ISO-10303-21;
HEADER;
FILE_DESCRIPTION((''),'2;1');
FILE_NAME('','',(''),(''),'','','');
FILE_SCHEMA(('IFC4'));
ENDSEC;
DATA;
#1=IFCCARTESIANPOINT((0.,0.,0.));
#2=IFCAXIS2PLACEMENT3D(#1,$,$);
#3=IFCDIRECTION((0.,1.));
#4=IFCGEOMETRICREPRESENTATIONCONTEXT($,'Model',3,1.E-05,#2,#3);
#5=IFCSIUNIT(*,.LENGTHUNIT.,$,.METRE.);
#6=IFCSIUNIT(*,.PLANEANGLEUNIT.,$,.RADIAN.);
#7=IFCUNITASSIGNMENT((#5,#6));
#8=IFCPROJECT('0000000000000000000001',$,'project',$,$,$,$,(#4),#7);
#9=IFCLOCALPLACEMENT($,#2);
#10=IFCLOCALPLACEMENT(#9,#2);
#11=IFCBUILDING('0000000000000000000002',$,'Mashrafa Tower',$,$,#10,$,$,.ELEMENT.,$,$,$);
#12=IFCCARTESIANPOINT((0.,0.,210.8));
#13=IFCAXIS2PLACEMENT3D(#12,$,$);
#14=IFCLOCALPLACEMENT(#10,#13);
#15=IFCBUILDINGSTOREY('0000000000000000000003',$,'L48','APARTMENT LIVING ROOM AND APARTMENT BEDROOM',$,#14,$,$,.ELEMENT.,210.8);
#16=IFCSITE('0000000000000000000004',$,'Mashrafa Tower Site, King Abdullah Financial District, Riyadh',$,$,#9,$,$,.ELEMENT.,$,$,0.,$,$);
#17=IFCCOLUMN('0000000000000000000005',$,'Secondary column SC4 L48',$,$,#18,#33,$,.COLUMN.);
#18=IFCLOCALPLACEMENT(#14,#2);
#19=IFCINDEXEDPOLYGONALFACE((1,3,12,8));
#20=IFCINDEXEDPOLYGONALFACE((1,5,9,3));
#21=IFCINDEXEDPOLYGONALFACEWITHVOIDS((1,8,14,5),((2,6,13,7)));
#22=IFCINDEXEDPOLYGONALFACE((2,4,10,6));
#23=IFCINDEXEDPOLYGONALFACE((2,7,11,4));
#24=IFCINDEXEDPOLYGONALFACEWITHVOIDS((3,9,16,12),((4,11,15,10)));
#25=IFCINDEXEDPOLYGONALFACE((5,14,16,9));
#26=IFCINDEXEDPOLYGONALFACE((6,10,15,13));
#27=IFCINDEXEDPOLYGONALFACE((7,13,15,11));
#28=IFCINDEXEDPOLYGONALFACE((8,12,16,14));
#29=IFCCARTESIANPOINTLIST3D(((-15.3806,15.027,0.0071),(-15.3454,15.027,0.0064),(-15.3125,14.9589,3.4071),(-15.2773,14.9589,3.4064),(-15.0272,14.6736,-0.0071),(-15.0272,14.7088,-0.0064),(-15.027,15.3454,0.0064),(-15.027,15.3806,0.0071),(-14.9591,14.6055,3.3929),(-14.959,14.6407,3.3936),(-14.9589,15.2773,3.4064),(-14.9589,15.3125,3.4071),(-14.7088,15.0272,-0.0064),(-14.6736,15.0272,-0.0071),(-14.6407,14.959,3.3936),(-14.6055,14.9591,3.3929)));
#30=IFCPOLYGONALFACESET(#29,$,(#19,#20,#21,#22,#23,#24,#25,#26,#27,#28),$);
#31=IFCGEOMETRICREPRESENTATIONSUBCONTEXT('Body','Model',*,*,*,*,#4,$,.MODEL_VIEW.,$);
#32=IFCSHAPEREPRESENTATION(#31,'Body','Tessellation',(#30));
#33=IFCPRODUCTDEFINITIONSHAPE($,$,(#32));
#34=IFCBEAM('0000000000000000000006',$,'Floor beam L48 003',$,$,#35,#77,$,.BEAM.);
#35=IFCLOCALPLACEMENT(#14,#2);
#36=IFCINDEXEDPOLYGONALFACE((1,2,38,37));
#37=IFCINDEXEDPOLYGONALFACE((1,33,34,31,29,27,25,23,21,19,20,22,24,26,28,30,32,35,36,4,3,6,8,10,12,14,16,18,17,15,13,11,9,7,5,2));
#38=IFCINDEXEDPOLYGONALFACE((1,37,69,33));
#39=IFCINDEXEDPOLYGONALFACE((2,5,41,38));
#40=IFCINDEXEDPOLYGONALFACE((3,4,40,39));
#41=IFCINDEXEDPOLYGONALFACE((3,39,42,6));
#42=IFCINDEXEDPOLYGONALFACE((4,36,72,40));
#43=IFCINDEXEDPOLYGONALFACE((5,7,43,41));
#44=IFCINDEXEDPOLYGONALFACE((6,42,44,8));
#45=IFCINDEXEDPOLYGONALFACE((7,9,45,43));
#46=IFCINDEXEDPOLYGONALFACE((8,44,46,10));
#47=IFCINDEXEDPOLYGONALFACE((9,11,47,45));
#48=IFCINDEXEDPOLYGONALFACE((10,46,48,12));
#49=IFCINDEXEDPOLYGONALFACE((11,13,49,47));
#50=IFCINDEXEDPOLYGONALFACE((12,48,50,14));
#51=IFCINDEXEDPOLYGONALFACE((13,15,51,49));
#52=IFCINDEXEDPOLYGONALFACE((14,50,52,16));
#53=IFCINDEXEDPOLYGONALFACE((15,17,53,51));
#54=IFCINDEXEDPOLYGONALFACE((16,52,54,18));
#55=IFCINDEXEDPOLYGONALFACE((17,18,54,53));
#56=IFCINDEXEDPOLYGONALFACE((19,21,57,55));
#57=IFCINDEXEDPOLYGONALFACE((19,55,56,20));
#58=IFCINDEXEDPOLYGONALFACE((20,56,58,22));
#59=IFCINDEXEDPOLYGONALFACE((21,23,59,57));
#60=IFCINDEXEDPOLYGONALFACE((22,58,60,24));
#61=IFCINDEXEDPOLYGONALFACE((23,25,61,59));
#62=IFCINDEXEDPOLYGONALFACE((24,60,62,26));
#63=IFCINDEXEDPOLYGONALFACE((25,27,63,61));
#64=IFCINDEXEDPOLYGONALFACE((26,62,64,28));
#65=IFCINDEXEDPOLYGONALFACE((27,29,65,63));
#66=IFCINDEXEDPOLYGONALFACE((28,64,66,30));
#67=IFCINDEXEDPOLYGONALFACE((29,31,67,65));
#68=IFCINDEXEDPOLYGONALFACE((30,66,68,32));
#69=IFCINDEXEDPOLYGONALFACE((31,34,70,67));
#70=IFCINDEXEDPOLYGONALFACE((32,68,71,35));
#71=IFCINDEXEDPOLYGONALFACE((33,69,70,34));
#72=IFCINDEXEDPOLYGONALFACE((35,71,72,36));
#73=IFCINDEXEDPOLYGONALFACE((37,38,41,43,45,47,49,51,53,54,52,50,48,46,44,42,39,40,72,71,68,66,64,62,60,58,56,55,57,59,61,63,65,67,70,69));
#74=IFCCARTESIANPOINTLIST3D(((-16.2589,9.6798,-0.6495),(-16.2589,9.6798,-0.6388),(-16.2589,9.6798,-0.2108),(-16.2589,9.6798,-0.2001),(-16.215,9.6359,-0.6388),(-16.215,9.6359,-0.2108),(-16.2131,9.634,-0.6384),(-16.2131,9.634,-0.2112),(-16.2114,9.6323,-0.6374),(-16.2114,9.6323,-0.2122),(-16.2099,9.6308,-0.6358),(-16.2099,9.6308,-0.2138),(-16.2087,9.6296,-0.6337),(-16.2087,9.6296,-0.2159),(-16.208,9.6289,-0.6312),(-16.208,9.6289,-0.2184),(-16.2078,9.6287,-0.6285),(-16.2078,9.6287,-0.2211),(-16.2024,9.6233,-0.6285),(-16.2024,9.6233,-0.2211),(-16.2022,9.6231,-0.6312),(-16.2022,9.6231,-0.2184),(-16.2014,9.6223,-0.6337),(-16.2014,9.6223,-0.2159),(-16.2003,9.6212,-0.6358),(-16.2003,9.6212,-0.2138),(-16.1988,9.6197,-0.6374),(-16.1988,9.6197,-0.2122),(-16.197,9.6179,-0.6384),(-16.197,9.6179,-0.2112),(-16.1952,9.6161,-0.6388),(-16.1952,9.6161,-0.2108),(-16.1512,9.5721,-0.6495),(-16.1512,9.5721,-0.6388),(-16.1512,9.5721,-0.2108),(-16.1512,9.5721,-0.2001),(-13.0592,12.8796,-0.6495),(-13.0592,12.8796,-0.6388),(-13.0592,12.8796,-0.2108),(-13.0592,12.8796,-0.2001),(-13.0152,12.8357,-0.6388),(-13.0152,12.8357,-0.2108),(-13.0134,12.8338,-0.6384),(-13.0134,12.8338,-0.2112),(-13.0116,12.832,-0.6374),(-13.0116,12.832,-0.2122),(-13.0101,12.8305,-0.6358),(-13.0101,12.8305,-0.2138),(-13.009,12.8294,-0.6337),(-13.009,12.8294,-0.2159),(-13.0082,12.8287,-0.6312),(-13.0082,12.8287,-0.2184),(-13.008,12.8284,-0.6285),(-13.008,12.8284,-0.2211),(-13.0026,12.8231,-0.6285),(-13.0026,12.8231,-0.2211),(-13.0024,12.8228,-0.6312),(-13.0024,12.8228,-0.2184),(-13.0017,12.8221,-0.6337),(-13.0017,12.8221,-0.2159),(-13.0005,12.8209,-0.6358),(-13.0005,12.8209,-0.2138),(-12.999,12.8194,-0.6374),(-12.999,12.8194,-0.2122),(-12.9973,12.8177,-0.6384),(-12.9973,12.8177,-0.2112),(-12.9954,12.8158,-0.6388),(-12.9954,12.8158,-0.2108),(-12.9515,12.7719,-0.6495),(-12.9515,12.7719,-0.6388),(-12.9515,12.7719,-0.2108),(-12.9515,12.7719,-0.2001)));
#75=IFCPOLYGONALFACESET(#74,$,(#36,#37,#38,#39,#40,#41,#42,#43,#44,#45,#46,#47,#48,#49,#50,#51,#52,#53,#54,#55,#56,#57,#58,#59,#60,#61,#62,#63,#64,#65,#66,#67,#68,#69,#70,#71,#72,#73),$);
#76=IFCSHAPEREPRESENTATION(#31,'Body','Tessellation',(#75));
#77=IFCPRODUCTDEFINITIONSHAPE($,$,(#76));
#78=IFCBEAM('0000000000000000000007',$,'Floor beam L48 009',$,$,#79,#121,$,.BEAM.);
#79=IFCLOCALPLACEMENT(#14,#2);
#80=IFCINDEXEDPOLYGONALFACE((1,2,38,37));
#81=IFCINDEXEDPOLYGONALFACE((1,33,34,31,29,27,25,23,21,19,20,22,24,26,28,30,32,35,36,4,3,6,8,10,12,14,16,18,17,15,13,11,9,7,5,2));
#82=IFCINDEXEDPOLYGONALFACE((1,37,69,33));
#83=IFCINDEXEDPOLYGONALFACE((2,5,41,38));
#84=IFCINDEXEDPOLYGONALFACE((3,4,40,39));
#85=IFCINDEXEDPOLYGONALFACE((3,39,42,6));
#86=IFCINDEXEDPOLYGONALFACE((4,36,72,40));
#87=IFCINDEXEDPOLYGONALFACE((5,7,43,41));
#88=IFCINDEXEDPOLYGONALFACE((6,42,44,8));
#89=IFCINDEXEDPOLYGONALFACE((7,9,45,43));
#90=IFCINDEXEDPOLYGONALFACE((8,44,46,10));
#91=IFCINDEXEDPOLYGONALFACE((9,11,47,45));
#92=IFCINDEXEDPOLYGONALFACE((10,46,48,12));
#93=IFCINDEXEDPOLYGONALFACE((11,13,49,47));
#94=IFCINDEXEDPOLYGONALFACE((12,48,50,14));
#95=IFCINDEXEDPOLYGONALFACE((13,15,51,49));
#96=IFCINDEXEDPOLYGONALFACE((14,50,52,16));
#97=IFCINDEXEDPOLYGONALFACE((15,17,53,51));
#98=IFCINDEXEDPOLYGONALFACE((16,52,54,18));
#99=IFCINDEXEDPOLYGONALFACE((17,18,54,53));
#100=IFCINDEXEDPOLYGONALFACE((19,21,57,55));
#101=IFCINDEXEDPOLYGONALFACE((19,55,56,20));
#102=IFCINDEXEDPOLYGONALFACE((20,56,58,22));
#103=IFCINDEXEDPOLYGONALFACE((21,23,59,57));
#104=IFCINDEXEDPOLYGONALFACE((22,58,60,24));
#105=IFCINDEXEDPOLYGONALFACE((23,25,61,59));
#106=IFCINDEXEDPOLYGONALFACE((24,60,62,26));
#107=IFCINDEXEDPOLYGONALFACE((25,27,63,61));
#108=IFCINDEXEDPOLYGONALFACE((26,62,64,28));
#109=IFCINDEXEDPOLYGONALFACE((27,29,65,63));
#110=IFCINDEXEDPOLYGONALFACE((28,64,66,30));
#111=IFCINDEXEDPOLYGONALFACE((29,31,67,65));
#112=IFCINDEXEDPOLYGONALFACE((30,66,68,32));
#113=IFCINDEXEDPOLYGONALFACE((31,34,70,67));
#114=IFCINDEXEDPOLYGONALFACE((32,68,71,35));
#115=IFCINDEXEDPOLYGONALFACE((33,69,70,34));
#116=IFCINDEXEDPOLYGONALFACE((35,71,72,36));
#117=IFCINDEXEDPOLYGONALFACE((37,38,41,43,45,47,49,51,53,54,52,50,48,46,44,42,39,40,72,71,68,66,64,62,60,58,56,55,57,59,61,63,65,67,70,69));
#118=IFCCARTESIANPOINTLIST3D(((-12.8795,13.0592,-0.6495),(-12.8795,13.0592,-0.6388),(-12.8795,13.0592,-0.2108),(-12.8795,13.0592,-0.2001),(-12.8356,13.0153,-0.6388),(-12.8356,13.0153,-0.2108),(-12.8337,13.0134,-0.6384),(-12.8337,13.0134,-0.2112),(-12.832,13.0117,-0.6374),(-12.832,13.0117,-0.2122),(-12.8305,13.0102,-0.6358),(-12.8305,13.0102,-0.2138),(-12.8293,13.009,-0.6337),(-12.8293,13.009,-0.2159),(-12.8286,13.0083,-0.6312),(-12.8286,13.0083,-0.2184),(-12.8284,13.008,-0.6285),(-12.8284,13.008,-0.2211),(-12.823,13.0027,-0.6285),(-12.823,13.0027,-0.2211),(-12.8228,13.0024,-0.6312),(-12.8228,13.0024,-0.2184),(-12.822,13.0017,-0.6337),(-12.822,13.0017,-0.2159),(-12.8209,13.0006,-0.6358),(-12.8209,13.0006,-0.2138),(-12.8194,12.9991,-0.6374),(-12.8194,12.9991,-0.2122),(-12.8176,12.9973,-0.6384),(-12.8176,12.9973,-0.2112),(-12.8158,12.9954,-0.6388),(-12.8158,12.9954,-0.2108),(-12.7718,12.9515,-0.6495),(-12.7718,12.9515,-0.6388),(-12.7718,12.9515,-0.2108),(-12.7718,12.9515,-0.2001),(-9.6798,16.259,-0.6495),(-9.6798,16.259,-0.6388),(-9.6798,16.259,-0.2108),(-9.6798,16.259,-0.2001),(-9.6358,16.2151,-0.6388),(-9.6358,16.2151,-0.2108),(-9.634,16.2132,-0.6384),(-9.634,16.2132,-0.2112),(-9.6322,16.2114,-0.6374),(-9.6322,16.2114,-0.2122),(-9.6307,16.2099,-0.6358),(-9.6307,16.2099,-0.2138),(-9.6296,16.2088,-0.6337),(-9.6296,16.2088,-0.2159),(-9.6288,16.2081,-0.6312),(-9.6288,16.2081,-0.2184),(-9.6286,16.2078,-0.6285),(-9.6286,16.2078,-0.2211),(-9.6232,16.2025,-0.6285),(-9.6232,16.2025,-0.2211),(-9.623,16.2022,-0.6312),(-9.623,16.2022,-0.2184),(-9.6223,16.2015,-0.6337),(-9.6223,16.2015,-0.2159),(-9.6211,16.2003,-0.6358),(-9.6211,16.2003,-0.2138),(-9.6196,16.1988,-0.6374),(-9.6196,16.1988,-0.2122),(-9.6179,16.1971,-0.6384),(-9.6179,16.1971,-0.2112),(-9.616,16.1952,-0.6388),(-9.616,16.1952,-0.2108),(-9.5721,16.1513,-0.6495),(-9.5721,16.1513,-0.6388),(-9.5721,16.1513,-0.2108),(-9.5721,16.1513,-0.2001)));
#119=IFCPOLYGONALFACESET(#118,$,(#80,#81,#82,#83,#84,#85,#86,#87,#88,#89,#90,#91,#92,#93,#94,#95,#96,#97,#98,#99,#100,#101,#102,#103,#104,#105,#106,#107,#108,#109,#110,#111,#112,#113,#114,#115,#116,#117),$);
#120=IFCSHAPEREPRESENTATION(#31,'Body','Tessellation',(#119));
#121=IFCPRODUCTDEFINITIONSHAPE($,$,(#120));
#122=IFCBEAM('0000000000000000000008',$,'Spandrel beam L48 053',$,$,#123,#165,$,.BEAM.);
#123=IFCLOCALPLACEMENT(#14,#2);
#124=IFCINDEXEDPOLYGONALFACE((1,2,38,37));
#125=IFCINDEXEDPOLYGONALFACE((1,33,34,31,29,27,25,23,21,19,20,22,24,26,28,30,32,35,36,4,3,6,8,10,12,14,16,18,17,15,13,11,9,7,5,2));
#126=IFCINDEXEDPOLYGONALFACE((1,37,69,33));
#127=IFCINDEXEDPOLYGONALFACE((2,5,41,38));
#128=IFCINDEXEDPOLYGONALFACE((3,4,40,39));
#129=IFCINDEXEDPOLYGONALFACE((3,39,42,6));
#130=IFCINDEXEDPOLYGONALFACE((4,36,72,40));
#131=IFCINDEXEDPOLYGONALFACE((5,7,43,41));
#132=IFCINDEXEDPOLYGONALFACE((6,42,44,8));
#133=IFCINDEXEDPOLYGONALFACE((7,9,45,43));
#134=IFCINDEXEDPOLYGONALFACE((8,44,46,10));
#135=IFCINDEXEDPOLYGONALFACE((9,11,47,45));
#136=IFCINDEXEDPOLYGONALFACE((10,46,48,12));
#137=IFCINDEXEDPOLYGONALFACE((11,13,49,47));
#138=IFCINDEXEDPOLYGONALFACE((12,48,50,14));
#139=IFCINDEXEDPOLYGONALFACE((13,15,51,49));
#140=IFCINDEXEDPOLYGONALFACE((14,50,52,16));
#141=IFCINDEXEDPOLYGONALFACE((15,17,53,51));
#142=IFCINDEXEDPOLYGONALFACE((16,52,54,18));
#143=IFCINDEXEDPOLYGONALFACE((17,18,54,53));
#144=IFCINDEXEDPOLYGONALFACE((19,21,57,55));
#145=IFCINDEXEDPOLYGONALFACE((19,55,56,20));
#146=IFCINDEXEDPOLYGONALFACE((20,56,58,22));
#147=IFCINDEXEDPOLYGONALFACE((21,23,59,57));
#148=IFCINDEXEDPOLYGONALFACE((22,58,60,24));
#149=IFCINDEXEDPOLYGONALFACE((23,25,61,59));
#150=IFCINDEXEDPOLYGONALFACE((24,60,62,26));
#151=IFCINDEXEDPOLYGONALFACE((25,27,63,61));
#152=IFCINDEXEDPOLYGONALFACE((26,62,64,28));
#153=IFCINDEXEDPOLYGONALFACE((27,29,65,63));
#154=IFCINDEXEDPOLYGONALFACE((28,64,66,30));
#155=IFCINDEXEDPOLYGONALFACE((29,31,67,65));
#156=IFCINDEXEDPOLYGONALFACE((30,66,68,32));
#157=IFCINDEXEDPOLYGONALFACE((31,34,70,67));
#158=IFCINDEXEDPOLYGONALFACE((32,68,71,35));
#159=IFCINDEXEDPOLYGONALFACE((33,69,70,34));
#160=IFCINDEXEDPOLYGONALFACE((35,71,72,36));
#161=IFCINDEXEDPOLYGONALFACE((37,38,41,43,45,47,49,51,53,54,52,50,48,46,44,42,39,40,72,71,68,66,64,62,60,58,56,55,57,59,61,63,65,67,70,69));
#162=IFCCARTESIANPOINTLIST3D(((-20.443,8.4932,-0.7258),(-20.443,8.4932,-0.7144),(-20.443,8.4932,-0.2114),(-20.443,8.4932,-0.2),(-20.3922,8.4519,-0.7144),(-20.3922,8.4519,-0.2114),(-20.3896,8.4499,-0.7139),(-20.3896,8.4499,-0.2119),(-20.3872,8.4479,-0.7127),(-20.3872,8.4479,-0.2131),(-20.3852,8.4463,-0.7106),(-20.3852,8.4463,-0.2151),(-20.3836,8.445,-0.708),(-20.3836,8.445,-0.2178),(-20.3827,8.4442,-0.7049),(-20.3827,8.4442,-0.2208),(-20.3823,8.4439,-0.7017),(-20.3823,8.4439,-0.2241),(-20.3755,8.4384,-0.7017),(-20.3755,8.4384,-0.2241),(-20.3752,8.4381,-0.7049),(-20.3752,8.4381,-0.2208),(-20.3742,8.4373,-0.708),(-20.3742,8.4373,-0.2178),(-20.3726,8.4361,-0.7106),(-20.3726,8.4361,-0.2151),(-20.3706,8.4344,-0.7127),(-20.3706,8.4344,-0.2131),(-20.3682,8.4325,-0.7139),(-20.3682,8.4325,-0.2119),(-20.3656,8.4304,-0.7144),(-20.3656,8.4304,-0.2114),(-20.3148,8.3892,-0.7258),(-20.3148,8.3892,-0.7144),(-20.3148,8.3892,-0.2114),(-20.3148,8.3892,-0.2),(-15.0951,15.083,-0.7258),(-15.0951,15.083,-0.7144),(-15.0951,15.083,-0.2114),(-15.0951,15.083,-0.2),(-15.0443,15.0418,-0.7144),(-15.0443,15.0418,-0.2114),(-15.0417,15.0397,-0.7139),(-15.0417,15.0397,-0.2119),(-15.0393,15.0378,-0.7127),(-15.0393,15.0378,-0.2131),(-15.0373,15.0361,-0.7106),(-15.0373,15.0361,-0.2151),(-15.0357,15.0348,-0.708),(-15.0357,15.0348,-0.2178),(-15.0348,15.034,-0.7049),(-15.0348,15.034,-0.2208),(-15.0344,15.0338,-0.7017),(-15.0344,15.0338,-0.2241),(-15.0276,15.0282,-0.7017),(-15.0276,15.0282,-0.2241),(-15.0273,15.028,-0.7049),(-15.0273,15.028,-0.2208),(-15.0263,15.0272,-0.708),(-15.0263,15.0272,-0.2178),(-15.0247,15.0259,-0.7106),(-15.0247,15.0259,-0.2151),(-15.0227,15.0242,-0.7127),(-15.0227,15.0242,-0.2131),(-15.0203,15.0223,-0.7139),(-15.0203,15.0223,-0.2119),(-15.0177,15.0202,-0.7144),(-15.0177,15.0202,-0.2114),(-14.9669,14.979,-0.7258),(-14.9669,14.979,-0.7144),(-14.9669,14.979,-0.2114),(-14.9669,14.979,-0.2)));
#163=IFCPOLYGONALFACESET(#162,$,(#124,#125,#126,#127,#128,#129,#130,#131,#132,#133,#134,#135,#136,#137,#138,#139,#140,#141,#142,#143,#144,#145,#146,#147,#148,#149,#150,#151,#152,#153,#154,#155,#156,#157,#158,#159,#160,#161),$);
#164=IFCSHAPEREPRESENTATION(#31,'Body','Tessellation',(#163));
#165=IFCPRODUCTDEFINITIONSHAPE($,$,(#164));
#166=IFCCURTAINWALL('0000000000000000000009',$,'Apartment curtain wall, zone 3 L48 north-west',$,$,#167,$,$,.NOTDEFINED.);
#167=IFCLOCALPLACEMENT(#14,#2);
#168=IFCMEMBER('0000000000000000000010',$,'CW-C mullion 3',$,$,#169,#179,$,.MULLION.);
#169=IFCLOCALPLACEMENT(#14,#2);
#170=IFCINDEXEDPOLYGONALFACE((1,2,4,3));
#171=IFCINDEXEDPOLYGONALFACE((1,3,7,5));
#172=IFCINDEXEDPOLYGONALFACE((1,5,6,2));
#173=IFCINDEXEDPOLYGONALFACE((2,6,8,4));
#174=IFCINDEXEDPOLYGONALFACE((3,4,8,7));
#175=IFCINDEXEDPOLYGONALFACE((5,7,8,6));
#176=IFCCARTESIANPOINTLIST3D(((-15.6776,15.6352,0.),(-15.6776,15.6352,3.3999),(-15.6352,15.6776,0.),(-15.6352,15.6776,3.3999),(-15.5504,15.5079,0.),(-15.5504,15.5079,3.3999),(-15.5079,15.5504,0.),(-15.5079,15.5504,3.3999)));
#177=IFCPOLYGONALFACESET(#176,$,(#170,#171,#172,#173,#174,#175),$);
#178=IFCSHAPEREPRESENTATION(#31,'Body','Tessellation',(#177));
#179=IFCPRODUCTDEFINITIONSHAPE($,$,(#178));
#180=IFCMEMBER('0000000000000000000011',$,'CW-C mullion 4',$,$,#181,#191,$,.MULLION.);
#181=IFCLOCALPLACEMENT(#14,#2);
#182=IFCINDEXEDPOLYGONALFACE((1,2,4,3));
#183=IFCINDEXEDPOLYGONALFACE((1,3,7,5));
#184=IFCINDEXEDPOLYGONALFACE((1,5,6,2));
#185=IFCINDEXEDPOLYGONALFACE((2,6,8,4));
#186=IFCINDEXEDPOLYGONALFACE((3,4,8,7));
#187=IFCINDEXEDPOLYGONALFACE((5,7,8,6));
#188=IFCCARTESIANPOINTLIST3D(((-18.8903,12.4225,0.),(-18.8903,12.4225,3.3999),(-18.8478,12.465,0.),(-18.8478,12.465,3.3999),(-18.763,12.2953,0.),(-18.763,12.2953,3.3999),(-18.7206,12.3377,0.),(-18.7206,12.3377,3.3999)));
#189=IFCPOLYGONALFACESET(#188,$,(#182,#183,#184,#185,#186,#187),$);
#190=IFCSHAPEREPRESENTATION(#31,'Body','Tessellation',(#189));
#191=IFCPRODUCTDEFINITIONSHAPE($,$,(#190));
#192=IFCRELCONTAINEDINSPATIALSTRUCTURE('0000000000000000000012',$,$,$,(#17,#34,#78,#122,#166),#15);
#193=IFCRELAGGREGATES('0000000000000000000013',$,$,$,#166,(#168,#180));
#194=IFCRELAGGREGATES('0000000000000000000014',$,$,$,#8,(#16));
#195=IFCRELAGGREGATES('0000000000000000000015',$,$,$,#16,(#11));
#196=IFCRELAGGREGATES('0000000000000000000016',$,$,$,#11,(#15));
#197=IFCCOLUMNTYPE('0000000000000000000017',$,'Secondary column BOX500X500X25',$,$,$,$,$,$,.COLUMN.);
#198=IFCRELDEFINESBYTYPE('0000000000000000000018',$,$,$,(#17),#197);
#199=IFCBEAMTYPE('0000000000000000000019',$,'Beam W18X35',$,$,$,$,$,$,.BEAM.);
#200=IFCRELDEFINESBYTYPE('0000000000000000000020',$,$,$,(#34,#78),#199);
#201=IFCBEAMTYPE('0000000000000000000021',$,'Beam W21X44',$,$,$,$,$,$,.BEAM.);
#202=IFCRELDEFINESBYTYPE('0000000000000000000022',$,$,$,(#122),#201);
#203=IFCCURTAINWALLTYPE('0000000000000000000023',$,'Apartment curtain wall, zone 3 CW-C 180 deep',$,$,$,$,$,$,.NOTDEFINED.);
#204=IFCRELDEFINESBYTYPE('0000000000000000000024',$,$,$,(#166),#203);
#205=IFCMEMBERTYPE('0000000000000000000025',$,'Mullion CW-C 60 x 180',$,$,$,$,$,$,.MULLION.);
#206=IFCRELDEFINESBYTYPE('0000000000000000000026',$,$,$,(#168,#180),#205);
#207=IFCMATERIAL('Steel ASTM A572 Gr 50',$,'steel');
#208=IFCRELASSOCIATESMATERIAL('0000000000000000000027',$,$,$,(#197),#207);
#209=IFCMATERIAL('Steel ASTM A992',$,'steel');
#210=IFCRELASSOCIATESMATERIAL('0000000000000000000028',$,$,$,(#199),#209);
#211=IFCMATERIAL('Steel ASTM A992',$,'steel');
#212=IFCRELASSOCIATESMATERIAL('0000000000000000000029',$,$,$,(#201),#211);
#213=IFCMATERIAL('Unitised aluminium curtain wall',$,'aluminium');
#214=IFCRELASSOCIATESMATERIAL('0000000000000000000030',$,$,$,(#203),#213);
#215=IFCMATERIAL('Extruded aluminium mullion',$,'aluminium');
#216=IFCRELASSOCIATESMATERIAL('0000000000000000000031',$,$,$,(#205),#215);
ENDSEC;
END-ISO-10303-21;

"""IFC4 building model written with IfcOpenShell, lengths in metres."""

from ifc_helpers import new_model, si_unit, direction, frame, origin, origin_2d, place, context, subcontext, project, spatial, rectangle, hollow_rectangle, i_section, extrude, source, transform, mapped, material, material_profile, profile_set, type_object, type_shapes, element, aggregate, save


model = new_model("IFC4")

# Units and contexts
model_context = context("Model", 3, precision=1e-05, world=origin(), true_north=direction((0.0, 1.0)))
body_context = subcontext(model_context, "Body", "Model", "MODEL_VIEW")
ifc_project = project(units=[si_unit("LENGTHUNIT", "METRE"), si_unit("PLANEANGLEUNIT", "RADIAN")], contexts=[model_context])

# Site, building, storey
site_placement = place(None, origin())
site = spatial("IfcSite", under=ifc_project, at=site_placement, Name="Mashrafa Tower Site, King Abdullah Financial District, Riyadh", CompositionType="ELEMENT", RefElevation=0.0)
building_placement = place(site_placement, origin())
building = spatial("IfcBuilding", under=site, at=building_placement, Name="Mashrafa Tower", CompositionType="ELEMENT")
storey_placement = place(building_placement, frame((0.0, 0.0, 210.8)))
storey = spatial("IfcBuildingStorey", under=building, at=storey_placement, Name="L48", Description="APARTMENT LIVING ROOM AND APARTMENT BEDROOM", CompositionType="ELEMENT", Elevation=210.8)

# Column
ifc_material_1 = material(Name="Steel ASTM A572 Gr 50", Category="steel")
ifc_material_profile_1 = material_profile(ifc_material_1, hollow_rectangle(XDim=0.5, YDim=0.5, WallThickness=0.0249, at=origin_2d()), Name="BOX500X500X25")
ifc_profile_set_1 = profile_set([ifc_material_profile_1], Name="Steel ASTM A572 Gr 50")
column_type = type_object("IfcColumnType", Name="Secondary column BOX500X500X25", PredefinedType="COLUMN", material=ifc_profile_set_1)
column_placement = place(storey_placement, frame((-15.0271, 15.0271, 0.0), z_axis=(0.020026, -0.020026, 0.999599), x_axis=(0.707107, 0.707107, 0.0)))
element("IfcColumn", 1, at=column_placement, inside=storey, type_object=column_type, Name="Secondary column SC4 L48", PredefinedType="COLUMN", context=body_context, shape_type="SweptSolid", body=[
    extrude(hollow_rectangle(XDim=0.5, YDim=0.5, WallThickness=0.0249, at=origin_2d()), origin(), (0.0, 0.0, 1.0), 3.4014),
])

# Beams
ifc_material_2 = material(Name="Steel ASTM A992", Category="steel")
ifc_material_profile_2 = material_profile(ifc_material_2, i_section(OverallWidth=0.1523, OverallDepth=0.4495, WebThickness=0.0076, FlangeThickness=0.0107, FilletRadius=0.0103, at=origin_2d()), Name="W18X35")
ifc_profile_set_2 = profile_set([ifc_material_profile_2], Name="Steel ASTM A992")
beam_type_1 = type_object("IfcBeamType", Name="Beam W18X35", PredefinedType="BEAM", material=ifc_profile_set_2)
for number, where, z_axis, x_axis, name in (
    (2, (-16.2051, 9.626, -0.4248), (0.707107, 0.707107, 0.0), (-0.707107, 0.707107, 0.0), "Floor beam L48 003"),
    (3, (-12.8257, 13.0054, -0.4248), (0.707107, 0.707107, 0.0), (-0.707107, 0.707107, 0.0), "Floor beam L48 009"),
):
    element("IfcBeam", number, at=place(storey_placement, frame(where, z_axis=z_axis, x_axis=x_axis)), inside=storey, type_object=beam_type_1, Name=name, PredefinedType="BEAM", context=body_context, shape_type="SweptSolid", body=[
        extrude(i_section(OverallWidth=0.1523, OverallDepth=0.4495, WebThickness=0.0076, FlangeThickness=0.0107, FilletRadius=0.0103, at=origin_2d()), origin(), (0.0, 0.0, 1.0), 4.5251),
    ])
ifc_material_3 = material(Name="Steel ASTM A992", Category="steel")
ifc_material_profile_3 = material_profile(ifc_material_3, i_section(OverallWidth=0.165, OverallDepth=0.5259, WebThickness=0.0088, FlangeThickness=0.0115, FilletRadius=0.0127, at=origin_2d()), Name="W21X44")
ifc_profile_set_3 = profile_set([ifc_material_profile_3], Name="Steel ASTM A992")
beam_type_2 = type_object("IfcBeamType", Name="Beam W21X44", PredefinedType="BEAM", material=ifc_profile_set_3)
beam_placement = place(storey_placement, frame((-15.031, 15.031, -0.4629), z_axis=(-0.630142, -0.77648, 0.0), x_axis=(0.77648, -0.630142, 0.0)))
element("IfcBeam", 4, at=beam_placement, inside=storey, type_object=beam_type_2, Name="Spandrel beam L48 053", PredefinedType="BEAM", context=body_context, shape_type="SweptSolid", body=[
    extrude(i_section(OverallWidth=0.165, OverallDepth=0.5259, WebThickness=0.0088, FlangeThickness=0.0115, FilletRadius=0.0127, at=origin_2d()), origin(), (0.0, 0.0, 1.0), 8.4868),
])

# Curtain wall, members
ifc_material_4 = material(Name="Unitised aluminium curtain wall", Category="aluminium")
curtain_wall_type = type_object("IfcCurtainWallType", Name="Apartment curtain wall, zone 3 CW-C 180 deep", PredefinedType="NOTDEFINED", material=ifc_material_4)
curtain_wall_placement = place(storey_placement, origin())
curtain_wall = element("IfcCurtainWall", 5, at=curtain_wall_placement, inside=storey, type_object=curtain_wall_type, Name="Apartment curtain wall, zone 3 L48 north-west", PredefinedType="NOTDEFINED")
ifc_material_5 = material(Name="Extruded aluminium mullion", Category="aluminium")
ifc_material_profile_4 = material_profile(ifc_material_5, rectangle(XDim=0.1799, YDim=0.0601, at=origin_2d()), Name="Mullion 60x180")
ifc_profile_set_4 = profile_set([ifc_material_profile_4], Name="Extruded aluminium mullion")
member_type_1 = type_object("IfcMemberType", Name="Mullion CW-C 60 x 180", PredefinedType="MULLION", material=ifc_profile_set_4)
shared_shape_1 = source(origin(), body_context, "Body", "SweptSolid", [
    extrude(rectangle(XDim=0.1799, YDim=0.0601, at=origin_2d()), origin(), (0.0, 0.0, 1.0), 3.3999),
])
type_shapes(member_type_1, [shared_shape_1])
member_1_placement = place(storey_placement, frame((-15.5928, 15.5928, 0.0), z_axis=(0.0, 0.0, 1.0), x_axis=(0.707107, -0.707107, 0.0)))
member_1 = element("IfcMember", 6, at=member_1_placement, type_object=member_type_1, Name="CW-C mullion 3", PredefinedType="MULLION", context=body_context, shape_type="MappedRepresentation", body=[
    mapped(shared_shape_1, transform((0.0, 0.0, 0.0))),
])
member_2_placement = place(storey_placement, frame((-18.8054, 12.3801, 0.0), z_axis=(0.0, 0.0, 1.0), x_axis=(0.707107, -0.707107, 0.0)))
member_2 = element("IfcMember", 7, at=member_2_placement, type_object=member_type_1, Name="CW-C mullion 4", PredefinedType="MULLION", context=body_context, shape_type="MappedRepresentation", body=[
    mapped(shared_shape_1, transform((0.0, 0.0, 0.0))),
])
aggregate(curtain_wall, [member_1, member_2])

save(model, "model.ifc")
